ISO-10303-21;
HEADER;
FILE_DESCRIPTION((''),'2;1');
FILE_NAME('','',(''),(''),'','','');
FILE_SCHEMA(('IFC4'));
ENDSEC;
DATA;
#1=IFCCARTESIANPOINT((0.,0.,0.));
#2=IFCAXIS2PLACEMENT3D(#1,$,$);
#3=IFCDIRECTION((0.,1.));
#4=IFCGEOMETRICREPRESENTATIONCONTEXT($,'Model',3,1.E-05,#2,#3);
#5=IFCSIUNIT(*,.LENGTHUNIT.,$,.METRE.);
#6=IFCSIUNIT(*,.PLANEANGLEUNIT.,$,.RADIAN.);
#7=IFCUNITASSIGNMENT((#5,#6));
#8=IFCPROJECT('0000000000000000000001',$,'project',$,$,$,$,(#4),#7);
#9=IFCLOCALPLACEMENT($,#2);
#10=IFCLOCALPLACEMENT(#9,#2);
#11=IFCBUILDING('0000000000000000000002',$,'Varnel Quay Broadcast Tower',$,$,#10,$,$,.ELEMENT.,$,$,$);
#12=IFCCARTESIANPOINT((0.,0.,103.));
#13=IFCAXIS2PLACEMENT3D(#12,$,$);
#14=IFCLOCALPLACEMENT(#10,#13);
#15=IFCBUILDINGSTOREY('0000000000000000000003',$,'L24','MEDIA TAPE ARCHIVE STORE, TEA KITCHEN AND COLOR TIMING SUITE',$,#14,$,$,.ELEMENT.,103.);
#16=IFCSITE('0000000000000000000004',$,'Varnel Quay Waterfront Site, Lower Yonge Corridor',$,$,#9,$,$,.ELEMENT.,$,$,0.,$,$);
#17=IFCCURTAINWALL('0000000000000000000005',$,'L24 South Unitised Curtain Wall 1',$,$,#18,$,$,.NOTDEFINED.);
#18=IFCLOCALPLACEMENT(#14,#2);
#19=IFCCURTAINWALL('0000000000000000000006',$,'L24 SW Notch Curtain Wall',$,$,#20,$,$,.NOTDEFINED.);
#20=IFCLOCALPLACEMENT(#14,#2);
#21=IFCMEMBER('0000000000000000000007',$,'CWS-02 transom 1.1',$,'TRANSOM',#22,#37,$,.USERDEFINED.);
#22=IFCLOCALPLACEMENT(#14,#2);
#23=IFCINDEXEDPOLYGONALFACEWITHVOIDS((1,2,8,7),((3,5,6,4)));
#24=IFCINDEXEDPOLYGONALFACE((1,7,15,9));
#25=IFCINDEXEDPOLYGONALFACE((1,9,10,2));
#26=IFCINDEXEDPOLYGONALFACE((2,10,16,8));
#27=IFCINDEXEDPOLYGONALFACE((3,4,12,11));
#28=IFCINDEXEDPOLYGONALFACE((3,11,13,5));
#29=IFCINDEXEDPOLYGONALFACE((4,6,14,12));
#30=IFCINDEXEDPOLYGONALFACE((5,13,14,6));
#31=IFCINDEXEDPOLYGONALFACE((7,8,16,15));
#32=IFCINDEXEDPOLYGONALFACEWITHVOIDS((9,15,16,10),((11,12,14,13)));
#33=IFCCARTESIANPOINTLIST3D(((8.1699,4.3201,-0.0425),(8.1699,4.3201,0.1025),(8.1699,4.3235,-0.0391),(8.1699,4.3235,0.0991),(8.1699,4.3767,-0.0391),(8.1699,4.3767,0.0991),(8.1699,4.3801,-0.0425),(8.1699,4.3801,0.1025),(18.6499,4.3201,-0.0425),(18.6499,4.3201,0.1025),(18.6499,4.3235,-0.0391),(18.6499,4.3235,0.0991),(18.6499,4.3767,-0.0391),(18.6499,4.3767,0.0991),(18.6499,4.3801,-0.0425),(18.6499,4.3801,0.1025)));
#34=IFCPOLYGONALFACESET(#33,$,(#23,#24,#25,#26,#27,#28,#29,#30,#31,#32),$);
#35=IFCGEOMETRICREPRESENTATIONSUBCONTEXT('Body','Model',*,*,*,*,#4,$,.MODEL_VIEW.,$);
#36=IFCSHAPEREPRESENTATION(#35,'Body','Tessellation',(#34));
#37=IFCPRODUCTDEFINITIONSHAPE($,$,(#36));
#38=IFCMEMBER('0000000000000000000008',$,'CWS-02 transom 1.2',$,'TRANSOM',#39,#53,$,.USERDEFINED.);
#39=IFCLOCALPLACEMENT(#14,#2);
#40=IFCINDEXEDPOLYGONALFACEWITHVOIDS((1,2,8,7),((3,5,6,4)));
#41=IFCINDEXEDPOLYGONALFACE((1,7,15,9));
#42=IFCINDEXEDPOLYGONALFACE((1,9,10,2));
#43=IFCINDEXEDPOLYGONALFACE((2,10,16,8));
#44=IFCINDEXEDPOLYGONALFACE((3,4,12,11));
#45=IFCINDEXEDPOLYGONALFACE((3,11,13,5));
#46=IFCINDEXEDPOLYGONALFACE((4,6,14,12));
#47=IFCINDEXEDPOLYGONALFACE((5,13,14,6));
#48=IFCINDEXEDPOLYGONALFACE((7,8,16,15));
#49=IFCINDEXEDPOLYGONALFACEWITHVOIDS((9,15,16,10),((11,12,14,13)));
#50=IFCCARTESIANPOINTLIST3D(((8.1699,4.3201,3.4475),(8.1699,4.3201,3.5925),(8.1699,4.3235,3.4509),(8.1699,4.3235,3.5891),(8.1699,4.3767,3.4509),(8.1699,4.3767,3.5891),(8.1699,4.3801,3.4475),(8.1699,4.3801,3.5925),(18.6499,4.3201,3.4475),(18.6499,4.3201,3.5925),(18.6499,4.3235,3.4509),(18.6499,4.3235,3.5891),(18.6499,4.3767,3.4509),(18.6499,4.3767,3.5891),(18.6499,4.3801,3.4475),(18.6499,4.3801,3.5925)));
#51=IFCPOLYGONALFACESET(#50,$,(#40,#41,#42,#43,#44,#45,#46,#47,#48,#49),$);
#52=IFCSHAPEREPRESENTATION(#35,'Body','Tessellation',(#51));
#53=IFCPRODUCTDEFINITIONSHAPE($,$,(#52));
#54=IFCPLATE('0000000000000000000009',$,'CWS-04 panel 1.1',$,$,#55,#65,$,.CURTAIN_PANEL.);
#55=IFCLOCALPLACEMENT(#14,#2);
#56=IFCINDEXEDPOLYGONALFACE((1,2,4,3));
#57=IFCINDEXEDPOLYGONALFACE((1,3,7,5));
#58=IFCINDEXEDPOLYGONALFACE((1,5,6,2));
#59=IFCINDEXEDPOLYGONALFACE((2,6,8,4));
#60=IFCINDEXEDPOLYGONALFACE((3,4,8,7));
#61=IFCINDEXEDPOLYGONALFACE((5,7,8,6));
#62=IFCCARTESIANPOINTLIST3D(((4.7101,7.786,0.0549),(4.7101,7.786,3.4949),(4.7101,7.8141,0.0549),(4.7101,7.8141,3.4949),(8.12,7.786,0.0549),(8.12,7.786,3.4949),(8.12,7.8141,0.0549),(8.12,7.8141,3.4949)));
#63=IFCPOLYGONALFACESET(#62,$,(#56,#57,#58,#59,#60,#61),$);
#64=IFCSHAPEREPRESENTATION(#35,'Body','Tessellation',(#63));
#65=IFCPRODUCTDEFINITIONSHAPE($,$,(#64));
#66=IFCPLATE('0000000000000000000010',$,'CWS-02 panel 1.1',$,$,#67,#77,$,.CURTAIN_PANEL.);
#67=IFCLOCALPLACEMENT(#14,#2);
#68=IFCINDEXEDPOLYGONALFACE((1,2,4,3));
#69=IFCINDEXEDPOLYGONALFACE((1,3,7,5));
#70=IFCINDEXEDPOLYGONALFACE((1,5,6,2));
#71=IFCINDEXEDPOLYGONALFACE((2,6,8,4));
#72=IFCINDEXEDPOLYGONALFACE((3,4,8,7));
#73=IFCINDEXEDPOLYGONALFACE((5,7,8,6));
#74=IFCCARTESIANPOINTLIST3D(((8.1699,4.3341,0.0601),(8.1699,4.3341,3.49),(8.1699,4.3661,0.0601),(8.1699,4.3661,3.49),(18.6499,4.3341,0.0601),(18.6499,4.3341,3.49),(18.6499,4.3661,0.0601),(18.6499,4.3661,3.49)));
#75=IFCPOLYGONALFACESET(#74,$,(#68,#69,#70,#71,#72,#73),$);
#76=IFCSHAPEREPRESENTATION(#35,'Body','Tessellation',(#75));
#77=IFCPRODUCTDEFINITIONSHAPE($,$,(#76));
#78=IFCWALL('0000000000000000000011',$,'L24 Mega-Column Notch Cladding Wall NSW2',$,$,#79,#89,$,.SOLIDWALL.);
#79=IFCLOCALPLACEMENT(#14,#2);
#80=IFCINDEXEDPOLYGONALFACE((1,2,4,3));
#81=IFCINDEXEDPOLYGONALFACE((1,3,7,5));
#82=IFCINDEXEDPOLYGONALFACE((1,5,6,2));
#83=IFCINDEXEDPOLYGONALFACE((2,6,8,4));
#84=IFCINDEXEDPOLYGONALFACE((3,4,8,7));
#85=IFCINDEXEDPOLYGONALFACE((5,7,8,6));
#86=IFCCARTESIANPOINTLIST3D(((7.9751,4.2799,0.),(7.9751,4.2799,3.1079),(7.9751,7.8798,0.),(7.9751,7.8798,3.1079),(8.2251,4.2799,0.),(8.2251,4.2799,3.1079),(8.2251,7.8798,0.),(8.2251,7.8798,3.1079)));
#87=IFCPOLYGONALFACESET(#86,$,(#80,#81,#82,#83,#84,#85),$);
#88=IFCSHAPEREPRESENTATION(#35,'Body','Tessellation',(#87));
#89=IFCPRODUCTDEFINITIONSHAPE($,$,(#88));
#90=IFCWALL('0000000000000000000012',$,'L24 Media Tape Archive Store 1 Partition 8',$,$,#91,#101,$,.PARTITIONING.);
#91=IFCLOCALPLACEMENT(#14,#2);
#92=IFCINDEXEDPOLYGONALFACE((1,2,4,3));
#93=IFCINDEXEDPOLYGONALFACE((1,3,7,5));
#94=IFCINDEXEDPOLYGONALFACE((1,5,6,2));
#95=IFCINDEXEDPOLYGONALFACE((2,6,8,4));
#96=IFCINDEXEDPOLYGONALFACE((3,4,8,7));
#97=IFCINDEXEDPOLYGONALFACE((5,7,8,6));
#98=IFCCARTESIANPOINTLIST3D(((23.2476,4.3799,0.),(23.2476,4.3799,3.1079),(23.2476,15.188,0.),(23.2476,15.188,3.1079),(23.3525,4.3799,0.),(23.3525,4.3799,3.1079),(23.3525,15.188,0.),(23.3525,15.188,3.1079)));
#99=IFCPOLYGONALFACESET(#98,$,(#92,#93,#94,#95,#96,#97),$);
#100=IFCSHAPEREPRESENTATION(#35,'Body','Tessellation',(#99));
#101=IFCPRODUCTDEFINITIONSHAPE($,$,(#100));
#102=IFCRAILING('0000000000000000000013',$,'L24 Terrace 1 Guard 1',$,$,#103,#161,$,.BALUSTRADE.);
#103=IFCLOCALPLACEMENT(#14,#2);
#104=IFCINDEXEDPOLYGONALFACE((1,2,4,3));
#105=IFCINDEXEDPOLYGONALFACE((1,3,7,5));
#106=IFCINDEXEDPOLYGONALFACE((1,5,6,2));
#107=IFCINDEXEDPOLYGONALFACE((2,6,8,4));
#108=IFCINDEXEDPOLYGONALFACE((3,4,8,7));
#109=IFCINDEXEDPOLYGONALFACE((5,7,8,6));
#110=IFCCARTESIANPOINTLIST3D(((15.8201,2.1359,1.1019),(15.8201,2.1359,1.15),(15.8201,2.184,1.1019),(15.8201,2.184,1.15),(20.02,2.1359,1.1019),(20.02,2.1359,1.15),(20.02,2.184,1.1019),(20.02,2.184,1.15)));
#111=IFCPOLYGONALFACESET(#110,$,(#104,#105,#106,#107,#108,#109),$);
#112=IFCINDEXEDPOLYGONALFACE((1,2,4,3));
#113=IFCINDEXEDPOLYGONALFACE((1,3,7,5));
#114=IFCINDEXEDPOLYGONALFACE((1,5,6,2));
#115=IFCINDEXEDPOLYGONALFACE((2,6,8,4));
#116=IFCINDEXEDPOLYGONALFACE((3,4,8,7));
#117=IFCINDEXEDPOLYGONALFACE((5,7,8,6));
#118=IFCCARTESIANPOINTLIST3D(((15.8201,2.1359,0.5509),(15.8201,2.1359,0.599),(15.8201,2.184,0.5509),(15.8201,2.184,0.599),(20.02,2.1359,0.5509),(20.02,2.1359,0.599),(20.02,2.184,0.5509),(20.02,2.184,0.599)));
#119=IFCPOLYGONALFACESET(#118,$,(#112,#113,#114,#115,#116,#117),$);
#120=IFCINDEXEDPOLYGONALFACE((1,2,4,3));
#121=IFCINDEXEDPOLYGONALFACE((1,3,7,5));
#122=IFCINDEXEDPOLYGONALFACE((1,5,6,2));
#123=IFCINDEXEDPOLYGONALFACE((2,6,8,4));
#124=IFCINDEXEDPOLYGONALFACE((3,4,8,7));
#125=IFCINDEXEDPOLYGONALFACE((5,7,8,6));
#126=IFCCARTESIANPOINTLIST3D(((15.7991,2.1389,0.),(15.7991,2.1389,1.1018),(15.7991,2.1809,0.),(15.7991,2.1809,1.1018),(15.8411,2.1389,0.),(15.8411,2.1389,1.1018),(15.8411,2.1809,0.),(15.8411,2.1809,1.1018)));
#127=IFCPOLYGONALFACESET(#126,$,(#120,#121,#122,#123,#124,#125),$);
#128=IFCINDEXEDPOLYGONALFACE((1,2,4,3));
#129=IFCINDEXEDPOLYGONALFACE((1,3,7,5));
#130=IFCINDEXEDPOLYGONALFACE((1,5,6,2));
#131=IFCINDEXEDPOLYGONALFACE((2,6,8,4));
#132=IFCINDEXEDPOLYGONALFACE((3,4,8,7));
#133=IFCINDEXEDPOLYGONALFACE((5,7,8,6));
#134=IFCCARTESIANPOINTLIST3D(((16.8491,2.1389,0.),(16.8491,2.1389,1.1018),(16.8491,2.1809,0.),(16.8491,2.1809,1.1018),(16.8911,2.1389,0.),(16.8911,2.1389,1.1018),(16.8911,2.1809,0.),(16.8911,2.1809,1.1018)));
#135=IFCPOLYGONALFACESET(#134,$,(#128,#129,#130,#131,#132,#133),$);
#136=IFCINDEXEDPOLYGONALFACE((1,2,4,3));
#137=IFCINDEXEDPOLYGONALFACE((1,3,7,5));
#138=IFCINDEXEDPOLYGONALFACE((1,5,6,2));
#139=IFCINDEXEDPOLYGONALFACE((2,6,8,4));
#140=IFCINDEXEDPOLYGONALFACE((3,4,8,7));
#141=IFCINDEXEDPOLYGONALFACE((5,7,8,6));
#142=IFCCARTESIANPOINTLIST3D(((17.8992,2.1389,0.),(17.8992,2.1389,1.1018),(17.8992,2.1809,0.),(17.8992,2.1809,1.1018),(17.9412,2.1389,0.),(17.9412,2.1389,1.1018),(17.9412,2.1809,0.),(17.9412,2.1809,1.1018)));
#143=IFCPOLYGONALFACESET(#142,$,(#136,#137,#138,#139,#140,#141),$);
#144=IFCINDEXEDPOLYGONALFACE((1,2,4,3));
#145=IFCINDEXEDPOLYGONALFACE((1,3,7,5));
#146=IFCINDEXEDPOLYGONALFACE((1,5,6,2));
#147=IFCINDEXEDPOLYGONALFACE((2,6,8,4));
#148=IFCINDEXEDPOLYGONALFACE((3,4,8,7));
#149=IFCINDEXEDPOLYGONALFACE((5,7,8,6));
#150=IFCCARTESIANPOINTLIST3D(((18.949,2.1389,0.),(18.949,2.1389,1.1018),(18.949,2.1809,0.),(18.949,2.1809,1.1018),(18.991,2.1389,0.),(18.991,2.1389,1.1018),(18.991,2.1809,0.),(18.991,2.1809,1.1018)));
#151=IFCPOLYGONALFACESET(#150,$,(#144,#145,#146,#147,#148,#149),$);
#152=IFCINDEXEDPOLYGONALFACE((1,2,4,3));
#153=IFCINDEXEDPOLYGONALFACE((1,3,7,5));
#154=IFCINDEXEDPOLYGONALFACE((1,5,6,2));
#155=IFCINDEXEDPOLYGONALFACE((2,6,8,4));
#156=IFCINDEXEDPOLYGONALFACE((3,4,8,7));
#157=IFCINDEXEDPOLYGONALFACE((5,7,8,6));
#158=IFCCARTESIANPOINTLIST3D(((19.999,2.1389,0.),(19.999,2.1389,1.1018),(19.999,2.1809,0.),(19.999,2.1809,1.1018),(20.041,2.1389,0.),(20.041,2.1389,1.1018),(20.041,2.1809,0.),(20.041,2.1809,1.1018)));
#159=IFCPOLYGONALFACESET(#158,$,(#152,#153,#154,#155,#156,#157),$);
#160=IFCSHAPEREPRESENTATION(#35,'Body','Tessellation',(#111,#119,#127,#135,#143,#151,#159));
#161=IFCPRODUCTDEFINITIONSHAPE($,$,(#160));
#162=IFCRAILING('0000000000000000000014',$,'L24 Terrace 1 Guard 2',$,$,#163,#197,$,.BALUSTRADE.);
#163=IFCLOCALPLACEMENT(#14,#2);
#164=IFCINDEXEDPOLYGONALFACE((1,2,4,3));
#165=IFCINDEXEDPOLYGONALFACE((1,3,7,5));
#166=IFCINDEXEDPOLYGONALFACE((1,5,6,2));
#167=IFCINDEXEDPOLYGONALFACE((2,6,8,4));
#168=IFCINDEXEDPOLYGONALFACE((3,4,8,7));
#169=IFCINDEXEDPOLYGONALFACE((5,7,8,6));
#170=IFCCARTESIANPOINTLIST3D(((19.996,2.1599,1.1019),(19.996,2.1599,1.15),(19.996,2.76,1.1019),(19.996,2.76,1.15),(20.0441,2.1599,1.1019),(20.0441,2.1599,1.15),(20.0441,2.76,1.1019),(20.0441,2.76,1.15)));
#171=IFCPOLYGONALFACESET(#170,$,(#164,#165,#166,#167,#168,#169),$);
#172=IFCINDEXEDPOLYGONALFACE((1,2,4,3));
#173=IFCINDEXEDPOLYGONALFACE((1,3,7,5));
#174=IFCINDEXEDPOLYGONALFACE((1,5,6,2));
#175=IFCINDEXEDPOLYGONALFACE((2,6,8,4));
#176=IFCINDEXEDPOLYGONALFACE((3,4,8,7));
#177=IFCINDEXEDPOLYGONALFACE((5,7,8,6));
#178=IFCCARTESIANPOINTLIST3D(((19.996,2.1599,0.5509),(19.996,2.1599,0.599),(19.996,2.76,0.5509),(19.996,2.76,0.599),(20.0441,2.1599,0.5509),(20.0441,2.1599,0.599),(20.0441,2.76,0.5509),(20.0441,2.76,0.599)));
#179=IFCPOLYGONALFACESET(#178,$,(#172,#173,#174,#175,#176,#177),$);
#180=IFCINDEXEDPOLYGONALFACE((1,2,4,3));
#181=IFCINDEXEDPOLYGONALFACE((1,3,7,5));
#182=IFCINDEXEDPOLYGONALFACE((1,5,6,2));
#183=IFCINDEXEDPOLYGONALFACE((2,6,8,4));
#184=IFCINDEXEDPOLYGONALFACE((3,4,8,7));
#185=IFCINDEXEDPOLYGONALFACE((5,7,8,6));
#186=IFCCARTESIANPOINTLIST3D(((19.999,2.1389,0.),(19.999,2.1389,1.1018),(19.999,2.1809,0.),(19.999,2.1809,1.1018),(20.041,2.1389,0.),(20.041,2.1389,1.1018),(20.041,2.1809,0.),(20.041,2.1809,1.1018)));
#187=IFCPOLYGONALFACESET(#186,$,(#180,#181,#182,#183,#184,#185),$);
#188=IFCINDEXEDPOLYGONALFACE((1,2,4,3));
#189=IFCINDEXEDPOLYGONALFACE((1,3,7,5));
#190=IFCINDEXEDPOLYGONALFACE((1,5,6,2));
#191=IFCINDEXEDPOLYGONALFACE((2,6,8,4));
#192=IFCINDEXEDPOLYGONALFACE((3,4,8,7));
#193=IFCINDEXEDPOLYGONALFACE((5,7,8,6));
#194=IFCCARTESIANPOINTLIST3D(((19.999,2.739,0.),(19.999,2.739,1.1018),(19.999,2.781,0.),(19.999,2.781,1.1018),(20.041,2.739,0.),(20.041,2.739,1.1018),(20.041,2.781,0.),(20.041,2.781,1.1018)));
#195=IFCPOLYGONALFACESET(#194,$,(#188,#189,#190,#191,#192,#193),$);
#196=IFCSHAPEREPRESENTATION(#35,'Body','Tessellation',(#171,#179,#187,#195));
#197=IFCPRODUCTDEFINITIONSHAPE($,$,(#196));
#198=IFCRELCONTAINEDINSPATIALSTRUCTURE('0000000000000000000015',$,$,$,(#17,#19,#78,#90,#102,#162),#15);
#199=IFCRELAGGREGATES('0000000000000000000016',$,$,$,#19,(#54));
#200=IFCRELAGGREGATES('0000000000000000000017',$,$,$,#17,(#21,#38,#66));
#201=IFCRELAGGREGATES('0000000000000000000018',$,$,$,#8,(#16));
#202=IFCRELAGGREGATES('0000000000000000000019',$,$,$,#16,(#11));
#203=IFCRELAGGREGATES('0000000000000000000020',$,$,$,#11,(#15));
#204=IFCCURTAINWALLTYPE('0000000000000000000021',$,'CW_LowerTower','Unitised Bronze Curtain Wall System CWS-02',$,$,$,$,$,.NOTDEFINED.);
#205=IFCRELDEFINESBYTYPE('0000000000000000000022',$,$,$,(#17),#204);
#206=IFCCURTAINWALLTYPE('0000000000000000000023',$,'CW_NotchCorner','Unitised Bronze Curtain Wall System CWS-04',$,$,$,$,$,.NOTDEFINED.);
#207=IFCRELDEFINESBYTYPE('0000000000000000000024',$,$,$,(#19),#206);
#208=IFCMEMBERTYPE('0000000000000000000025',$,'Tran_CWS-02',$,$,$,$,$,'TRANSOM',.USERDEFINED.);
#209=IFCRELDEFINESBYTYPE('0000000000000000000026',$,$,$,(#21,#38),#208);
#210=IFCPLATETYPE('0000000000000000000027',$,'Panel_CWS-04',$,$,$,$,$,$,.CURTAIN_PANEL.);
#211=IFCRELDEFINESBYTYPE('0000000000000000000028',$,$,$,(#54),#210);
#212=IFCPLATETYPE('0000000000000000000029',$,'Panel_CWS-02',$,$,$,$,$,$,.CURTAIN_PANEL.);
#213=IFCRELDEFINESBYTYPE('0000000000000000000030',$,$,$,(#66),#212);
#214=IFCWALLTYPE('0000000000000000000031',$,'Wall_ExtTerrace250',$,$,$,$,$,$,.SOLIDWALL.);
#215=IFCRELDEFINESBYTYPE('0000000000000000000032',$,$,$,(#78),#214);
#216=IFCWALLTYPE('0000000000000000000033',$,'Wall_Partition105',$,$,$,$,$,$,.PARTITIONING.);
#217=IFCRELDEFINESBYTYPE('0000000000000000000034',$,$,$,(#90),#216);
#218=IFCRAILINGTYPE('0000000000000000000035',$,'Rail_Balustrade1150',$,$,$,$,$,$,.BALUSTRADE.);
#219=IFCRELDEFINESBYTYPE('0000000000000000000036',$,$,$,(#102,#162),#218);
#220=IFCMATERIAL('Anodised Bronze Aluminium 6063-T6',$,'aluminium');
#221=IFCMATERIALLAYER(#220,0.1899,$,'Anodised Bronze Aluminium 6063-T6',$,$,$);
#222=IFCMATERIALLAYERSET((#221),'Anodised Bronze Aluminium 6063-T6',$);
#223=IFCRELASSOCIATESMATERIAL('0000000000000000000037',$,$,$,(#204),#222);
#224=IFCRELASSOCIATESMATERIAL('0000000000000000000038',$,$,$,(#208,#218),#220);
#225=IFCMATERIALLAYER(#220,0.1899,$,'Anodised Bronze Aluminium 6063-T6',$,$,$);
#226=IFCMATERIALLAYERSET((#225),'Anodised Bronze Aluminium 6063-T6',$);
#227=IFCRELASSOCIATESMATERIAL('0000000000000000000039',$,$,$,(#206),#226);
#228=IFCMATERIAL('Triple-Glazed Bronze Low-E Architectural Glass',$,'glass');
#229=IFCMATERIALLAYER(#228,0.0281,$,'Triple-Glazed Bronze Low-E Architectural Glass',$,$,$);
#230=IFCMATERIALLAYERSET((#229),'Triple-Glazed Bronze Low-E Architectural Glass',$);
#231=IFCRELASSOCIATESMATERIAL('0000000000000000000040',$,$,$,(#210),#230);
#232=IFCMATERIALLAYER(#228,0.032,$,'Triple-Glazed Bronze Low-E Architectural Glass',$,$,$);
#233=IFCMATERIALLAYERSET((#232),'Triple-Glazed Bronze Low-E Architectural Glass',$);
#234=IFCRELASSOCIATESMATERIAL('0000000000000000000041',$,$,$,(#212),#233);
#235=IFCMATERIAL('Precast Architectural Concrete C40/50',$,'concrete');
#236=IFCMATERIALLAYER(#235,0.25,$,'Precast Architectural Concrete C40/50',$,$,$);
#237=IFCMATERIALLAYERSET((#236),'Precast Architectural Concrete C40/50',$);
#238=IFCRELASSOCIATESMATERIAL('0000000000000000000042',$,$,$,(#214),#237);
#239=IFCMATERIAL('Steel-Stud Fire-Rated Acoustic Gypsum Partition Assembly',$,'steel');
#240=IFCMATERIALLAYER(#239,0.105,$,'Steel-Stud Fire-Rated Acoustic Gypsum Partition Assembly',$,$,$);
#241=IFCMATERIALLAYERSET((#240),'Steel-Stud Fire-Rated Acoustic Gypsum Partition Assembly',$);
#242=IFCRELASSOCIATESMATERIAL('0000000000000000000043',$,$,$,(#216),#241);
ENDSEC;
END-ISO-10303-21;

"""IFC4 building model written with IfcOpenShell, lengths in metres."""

from ifc_helpers import new_model, si_unit, direction, frame, frame_2d, origin, origin_2d, place, context, subcontext, project, spatial, rectangle, hollow_rectangle, extrude, source, transform, mapped, material, layer, layer_set, material_profile, profile_set, type_object, type_shapes, element, aggregate, save


model = new_model("IFC4")

# Units and contexts
model_context = context("Model", 3, precision=1e-05, world=origin(), true_north=direction((0.0, 1.0)))
body_context = subcontext(model_context, "Body", "Model", "MODEL_VIEW")
ifc_project = project(units=[si_unit("LENGTHUNIT", "METRE"), si_unit("PLANEANGLEUNIT", "RADIAN")], contexts=[model_context])

# Site, building, storey
site_placement = place(None, origin())
site = spatial("IfcSite", under=ifc_project, at=site_placement, Name="Varnel Quay Waterfront Site, Lower Yonge Corridor", CompositionType="ELEMENT", RefElevation=0.0)
building_placement = place(site_placement, origin())
building = spatial("IfcBuilding", under=site, at=building_placement, Name="Varnel Quay Broadcast Tower", CompositionType="ELEMENT")
storey_placement = place(building_placement, frame((0.0, 0.0, 103.0)))
storey = spatial("IfcBuildingStorey", under=building, at=storey_placement, Name="L24", Description="MEDIA TAPE ARCHIVE STORE, TEA KITCHEN AND COLOR TIMING SUITE", CompositionType="ELEMENT", Elevation=103.0)

# Curtain wall
ifc_material_1 = material(Name="Anodised Bronze Aluminium 6063-T6", Category="aluminium")
ifc_layer_1 = layer(ifc_material_1, 0.1899, Name="Anodised Bronze Aluminium 6063-T6")
ifc_layer_set_1 = layer_set([ifc_layer_1], Name="Anodised Bronze Aluminium 6063-T6")
curtain_wall_type_1 = type_object("IfcCurtainWallType", Name="CW_LowerTower", Description="Unitised Bronze Curtain Wall System CWS-02", PredefinedType="NOTDEFINED", material=ifc_layer_set_1)
ifc_material_profile_1 = material_profile(ifc_material_1, hollow_rectangle(XDim=0.0601, YDim=0.145, WallThickness=0.0034, at=origin_2d()), Name="ALU60X145X3.5")
ifc_profile_set_1 = profile_set([ifc_material_profile_1], Name="Anodised Bronze Aluminium 6063-T6")
member_type_1 = type_object("IfcMemberType", Name="Tran_CWS-02", ElementType="TRANSOM", PredefinedType="USERDEFINED", material=ifc_profile_set_1)
curtain_wall_1_placement = place(storey_placement, origin())
curtain_wall_1 = element("IfcCurtainWall", 1, at=curtain_wall_1_placement, inside=storey, type_object=curtain_wall_type_1, Name="L24 South Unitised Curtain Wall 1", PredefinedType="NOTDEFINED")

# Curtain wall
ifc_layer_2 = layer(ifc_material_1, 0.1899, Name="Anodised Bronze Aluminium 6063-T6")
ifc_layer_set_2 = layer_set([ifc_layer_2], Name="Anodised Bronze Aluminium 6063-T6")
curtain_wall_type_2 = type_object("IfcCurtainWallType", Name="CW_NotchCorner", Description="Unitised Bronze Curtain Wall System CWS-04", PredefinedType="NOTDEFINED", material=ifc_layer_set_2)
curtain_wall_2_placement = place(storey_placement, origin())
curtain_wall_2 = element("IfcCurtainWall", 2, at=curtain_wall_2_placement, inside=storey, type_object=curtain_wall_type_2, Name="L24 SW Notch Curtain Wall", PredefinedType="NOTDEFINED")

# Members
shared_shape_1 = source(origin(), body_context, "Body", "SweptSolid", [
    extrude(hollow_rectangle(XDim=0.0601, YDim=0.145, WallThickness=0.0034, at=origin_2d()), origin(), (0.0, 0.0, 1.0), 10.48),
])
member_1_placement = place(storey_placement, frame((8.1699, 4.3501, 0.03), z_axis=(1.0, 0.0, 0.0), x_axis=(0.0, 1.0, 0.0)))
member_1 = element("IfcMember", 3, at=member_1_placement, type_object=member_type_1, Name="CWS-02 transom 1.1", ObjectType="TRANSOM", PredefinedType="USERDEFINED", context=body_context, shape_type="MappedRepresentation", body=[
    mapped(shared_shape_1, transform((0.0, 0.0, 0.0), x_axis=(1.0, 0.0, 0.0), y_axis=(0.0, 1.0, 0.0), z_axis=(0.0, 0.0, 1.0), scale=1.0)),
])
member_2_placement = place(storey_placement, frame((8.1699, 4.3501, 3.52), z_axis=(1.0, 0.0, 0.0), x_axis=(0.0, 1.0, 0.0)))
member_2 = element("IfcMember", 4, at=member_2_placement, type_object=member_type_1, Name="CWS-02 transom 1.2", ObjectType="TRANSOM", PredefinedType="USERDEFINED", context=body_context, shape_type="MappedRepresentation", body=[
    mapped(shared_shape_1, transform((0.0, 0.0, 0.0), x_axis=(1.0, 0.0, 0.0), y_axis=(0.0, 1.0, 0.0), z_axis=(0.0, 0.0, 1.0), scale=1.0)),
])

# Plates
ifc_material_2 = material(Name="Triple-Glazed Bronze Low-E Architectural Glass", Category="glass")
ifc_layer_3 = layer(ifc_material_2, 0.0281, Name="Triple-Glazed Bronze Low-E Architectural Glass")
ifc_layer_set_3 = layer_set([ifc_layer_3], Name="Triple-Glazed Bronze Low-E Architectural Glass")
plate_type_1 = type_object("IfcPlateType", Name="Panel_CWS-04", PredefinedType="CURTAIN_PANEL", material=ifc_layer_set_3)
shared_shape_2 = source(origin(), body_context, "Body", "SweptSolid", [
    extrude(rectangle(XDim=3.4099, YDim=0.0281, at=origin_2d()), origin(), (0.0, 0.0, 1.0), 3.4399),
])
type_shapes(plate_type_1, [shared_shape_2])
plate_1_placement = place(storey_placement, frame((6.415, 7.8, 0.0549), z_axis=(0.0, 0.0, 1.0), x_axis=(1.0, 0.0, 0.0)))
plate_1 = element("IfcPlate", 5, at=plate_1_placement, type_object=plate_type_1, Name="CWS-04 panel 1.1", PredefinedType="CURTAIN_PANEL", context=body_context, shape_type="MappedRepresentation", body=[
    mapped(shared_shape_2, transform((0.0, 0.0, 0.0), x_axis=(1.0, 0.0, 0.0), y_axis=(0.0, 1.0, 0.0), z_axis=(0.0, 0.0, 1.0), scale=1.0)),
])
aggregate(curtain_wall_2, [plate_1])
ifc_layer_4 = layer(ifc_material_2, 0.032, Name="Triple-Glazed Bronze Low-E Architectural Glass")
ifc_layer_set_4 = layer_set([ifc_layer_4], Name="Triple-Glazed Bronze Low-E Architectural Glass")
plate_type_2 = type_object("IfcPlateType", Name="Panel_CWS-02", PredefinedType="CURTAIN_PANEL", material=ifc_layer_set_4)
shared_shape_3 = source(origin(), body_context, "Body", "SweptSolid", [
    extrude(rectangle(XDim=10.48, YDim=0.032, at=origin_2d()), origin(), (0.0, 0.0, 1.0), 3.4299),
])
type_shapes(plate_type_2, [shared_shape_3])
plate_2_placement = place(storey_placement, frame((13.4099, 4.3501, 0.0601), z_axis=(0.0, 0.0, 1.0), x_axis=(1.0, 0.0, 0.0)))
plate_2 = element("IfcPlate", 6, at=plate_2_placement, type_object=plate_type_2, Name="CWS-02 panel 1.1", PredefinedType="CURTAIN_PANEL", context=body_context, shape_type="MappedRepresentation", body=[
    mapped(shared_shape_3, transform((0.0, 0.0, 0.0), x_axis=(1.0, 0.0, 0.0), y_axis=(0.0, 1.0, 0.0), z_axis=(0.0, 0.0, 1.0), scale=1.0)),
])
aggregate(curtain_wall_1, [member_1, member_2, plate_2])

# Shared definitions
ifc_material_3 = material(Name="Precast Architectural Concrete C40/50", Category="concrete")
ifc_layer_5 = layer(ifc_material_3, 0.25, Name="Precast Architectural Concrete C40/50")
ifc_layer_set_5 = layer_set([ifc_layer_5], Name="Precast Architectural Concrete C40/50")
wall_type_1 = type_object("IfcWallType", Name="Wall_ExtTerrace250", PredefinedType="SOLIDWALL", material=ifc_layer_set_5)

# Walls
wall_1_placement = place(storey_placement, frame((8.1001, 4.28, 0.0), z_axis=(0.0, 0.0, 1.0), x_axis=(0.0, 1.0, 0.0)))
element("IfcWall", 7, at=wall_1_placement, inside=storey, type_object=wall_type_1, Name="L24 Mega-Column Notch Cladding Wall NSW2", PredefinedType="SOLIDWALL", context=body_context, shape_type="SweptSolid", body=[
    extrude(rectangle(XDim=3.5999, YDim=0.25, at=frame_2d((1.7998, 0.0))), origin(), (0.0, 0.0, 1.0), 3.1079),
])
ifc_material_4 = material(Name="Steel-Stud Fire-Rated Acoustic Gypsum Partition Assembly", Category="steel")
ifc_layer_6 = layer(ifc_material_4, 0.105, Name="Steel-Stud Fire-Rated Acoustic Gypsum Partition Assembly")
ifc_layer_set_6 = layer_set([ifc_layer_6], Name="Steel-Stud Fire-Rated Acoustic Gypsum Partition Assembly")
wall_type_2 = type_object("IfcWallType", Name="Wall_Partition105", PredefinedType="PARTITIONING", material=ifc_layer_set_6)
wall_2_placement = place(storey_placement, frame((23.3, 4.3799, 0.0), z_axis=(0.0, 0.0, 1.0), x_axis=(0.0, 1.0, 0.0)))
element("IfcWall", 8, at=wall_2_placement, inside=storey, type_object=wall_type_2, Name="L24 Media Tape Archive Store 1 Partition 8", PredefinedType="PARTITIONING", context=body_context, shape_type="SweptSolid", body=[
    extrude(rectangle(XDim=10.8081, YDim=0.105, at=frame_2d((5.4041, 0.0))), origin(), (0.0, 0.0, 1.0), 3.1079),
])

# Railings
railing_type = type_object("IfcRailingType", Name="Rail_Balustrade1150", PredefinedType="BALUSTRADE", material=ifc_material_1)
railing_1_placement = place(storey_placement, frame((15.8201, 2.1599, 0.0)))
element("IfcRailing", 9, at=railing_1_placement, inside=storey, type_object=railing_type, Name="L24 Terrace 1 Guard 1", PredefinedType="BALUSTRADE", context=body_context, shape_type="SweptSolid", body=[
    extrude(rectangle(XDim=0.0481, YDim=0.0481, at=origin_2d()), frame((0.0, 0.0, 1.126), z_axis=(1.0, 0.0, 0.0), x_axis=(0.0, 1.0, 0.0)), (0.0, 0.0, 1.0), 4.2),
    extrude(rectangle(XDim=0.0481, YDim=0.0481, at=origin_2d()), frame((0.0, 0.0, 0.575), z_axis=(1.0, 0.0, 0.0), x_axis=(0.0, 1.0, 0.0)), (0.0, 0.0, 1.0), 4.2),
    extrude(rectangle(XDim=0.042, YDim=0.042, at=origin_2d()), origin(), (0.0, 0.0, 1.0), 1.1018),
    extrude(rectangle(XDim=0.042, YDim=0.042, at=origin_2d()), frame((1.05, 0.0, 0.0)), (0.0, 0.0, 1.0), 1.1018),
    extrude(rectangle(XDim=0.042, YDim=0.042, at=origin_2d()), frame((2.1001, 0.0, 0.0)), (0.0, 0.0, 1.0), 1.1018),
    extrude(rectangle(XDim=0.042, YDim=0.042, at=origin_2d()), frame((3.1499, 0.0, 0.0)), (0.0, 0.0, 1.0), 1.1018),
    extrude(rectangle(XDim=0.042, YDim=0.042, at=origin_2d()), frame((4.2, 0.0, 0.0)), (0.0, 0.0, 1.0), 1.1018),
])
railing_2_placement = place(storey_placement, frame((20.02, 2.1599, 0.0)))
element("IfcRailing", 10, at=railing_2_placement, inside=storey, type_object=railing_type, Name="L24 Terrace 1 Guard 2", PredefinedType="BALUSTRADE", context=body_context, shape_type="SweptSolid", body=[
    extrude(rectangle(XDim=0.0481, YDim=0.0481, at=origin_2d()), frame((0.0, 0.0, 1.126), z_axis=(0.0, 1.0, 0.0), x_axis=(-1.0, 0.0, 0.0)), (0.0, 0.0, 1.0), 0.6001),
    extrude(rectangle(XDim=0.0481, YDim=0.0481, at=origin_2d()), frame((0.0, 0.0, 0.575), z_axis=(0.0, 1.0, 0.0), x_axis=(-1.0, 0.0, 0.0)), (0.0, 0.0, 1.0), 0.6001),
    extrude(rectangle(XDim=0.042, YDim=0.042, at=origin_2d()), origin(), (0.0, 0.0, 1.0), 1.1018),
    extrude(rectangle(XDim=0.042, YDim=0.042, at=origin_2d()), frame((0.0, 0.6001, 0.0)), (0.0, 0.0, 1.0), 1.1018),
])

save(model, "model.ifc")
